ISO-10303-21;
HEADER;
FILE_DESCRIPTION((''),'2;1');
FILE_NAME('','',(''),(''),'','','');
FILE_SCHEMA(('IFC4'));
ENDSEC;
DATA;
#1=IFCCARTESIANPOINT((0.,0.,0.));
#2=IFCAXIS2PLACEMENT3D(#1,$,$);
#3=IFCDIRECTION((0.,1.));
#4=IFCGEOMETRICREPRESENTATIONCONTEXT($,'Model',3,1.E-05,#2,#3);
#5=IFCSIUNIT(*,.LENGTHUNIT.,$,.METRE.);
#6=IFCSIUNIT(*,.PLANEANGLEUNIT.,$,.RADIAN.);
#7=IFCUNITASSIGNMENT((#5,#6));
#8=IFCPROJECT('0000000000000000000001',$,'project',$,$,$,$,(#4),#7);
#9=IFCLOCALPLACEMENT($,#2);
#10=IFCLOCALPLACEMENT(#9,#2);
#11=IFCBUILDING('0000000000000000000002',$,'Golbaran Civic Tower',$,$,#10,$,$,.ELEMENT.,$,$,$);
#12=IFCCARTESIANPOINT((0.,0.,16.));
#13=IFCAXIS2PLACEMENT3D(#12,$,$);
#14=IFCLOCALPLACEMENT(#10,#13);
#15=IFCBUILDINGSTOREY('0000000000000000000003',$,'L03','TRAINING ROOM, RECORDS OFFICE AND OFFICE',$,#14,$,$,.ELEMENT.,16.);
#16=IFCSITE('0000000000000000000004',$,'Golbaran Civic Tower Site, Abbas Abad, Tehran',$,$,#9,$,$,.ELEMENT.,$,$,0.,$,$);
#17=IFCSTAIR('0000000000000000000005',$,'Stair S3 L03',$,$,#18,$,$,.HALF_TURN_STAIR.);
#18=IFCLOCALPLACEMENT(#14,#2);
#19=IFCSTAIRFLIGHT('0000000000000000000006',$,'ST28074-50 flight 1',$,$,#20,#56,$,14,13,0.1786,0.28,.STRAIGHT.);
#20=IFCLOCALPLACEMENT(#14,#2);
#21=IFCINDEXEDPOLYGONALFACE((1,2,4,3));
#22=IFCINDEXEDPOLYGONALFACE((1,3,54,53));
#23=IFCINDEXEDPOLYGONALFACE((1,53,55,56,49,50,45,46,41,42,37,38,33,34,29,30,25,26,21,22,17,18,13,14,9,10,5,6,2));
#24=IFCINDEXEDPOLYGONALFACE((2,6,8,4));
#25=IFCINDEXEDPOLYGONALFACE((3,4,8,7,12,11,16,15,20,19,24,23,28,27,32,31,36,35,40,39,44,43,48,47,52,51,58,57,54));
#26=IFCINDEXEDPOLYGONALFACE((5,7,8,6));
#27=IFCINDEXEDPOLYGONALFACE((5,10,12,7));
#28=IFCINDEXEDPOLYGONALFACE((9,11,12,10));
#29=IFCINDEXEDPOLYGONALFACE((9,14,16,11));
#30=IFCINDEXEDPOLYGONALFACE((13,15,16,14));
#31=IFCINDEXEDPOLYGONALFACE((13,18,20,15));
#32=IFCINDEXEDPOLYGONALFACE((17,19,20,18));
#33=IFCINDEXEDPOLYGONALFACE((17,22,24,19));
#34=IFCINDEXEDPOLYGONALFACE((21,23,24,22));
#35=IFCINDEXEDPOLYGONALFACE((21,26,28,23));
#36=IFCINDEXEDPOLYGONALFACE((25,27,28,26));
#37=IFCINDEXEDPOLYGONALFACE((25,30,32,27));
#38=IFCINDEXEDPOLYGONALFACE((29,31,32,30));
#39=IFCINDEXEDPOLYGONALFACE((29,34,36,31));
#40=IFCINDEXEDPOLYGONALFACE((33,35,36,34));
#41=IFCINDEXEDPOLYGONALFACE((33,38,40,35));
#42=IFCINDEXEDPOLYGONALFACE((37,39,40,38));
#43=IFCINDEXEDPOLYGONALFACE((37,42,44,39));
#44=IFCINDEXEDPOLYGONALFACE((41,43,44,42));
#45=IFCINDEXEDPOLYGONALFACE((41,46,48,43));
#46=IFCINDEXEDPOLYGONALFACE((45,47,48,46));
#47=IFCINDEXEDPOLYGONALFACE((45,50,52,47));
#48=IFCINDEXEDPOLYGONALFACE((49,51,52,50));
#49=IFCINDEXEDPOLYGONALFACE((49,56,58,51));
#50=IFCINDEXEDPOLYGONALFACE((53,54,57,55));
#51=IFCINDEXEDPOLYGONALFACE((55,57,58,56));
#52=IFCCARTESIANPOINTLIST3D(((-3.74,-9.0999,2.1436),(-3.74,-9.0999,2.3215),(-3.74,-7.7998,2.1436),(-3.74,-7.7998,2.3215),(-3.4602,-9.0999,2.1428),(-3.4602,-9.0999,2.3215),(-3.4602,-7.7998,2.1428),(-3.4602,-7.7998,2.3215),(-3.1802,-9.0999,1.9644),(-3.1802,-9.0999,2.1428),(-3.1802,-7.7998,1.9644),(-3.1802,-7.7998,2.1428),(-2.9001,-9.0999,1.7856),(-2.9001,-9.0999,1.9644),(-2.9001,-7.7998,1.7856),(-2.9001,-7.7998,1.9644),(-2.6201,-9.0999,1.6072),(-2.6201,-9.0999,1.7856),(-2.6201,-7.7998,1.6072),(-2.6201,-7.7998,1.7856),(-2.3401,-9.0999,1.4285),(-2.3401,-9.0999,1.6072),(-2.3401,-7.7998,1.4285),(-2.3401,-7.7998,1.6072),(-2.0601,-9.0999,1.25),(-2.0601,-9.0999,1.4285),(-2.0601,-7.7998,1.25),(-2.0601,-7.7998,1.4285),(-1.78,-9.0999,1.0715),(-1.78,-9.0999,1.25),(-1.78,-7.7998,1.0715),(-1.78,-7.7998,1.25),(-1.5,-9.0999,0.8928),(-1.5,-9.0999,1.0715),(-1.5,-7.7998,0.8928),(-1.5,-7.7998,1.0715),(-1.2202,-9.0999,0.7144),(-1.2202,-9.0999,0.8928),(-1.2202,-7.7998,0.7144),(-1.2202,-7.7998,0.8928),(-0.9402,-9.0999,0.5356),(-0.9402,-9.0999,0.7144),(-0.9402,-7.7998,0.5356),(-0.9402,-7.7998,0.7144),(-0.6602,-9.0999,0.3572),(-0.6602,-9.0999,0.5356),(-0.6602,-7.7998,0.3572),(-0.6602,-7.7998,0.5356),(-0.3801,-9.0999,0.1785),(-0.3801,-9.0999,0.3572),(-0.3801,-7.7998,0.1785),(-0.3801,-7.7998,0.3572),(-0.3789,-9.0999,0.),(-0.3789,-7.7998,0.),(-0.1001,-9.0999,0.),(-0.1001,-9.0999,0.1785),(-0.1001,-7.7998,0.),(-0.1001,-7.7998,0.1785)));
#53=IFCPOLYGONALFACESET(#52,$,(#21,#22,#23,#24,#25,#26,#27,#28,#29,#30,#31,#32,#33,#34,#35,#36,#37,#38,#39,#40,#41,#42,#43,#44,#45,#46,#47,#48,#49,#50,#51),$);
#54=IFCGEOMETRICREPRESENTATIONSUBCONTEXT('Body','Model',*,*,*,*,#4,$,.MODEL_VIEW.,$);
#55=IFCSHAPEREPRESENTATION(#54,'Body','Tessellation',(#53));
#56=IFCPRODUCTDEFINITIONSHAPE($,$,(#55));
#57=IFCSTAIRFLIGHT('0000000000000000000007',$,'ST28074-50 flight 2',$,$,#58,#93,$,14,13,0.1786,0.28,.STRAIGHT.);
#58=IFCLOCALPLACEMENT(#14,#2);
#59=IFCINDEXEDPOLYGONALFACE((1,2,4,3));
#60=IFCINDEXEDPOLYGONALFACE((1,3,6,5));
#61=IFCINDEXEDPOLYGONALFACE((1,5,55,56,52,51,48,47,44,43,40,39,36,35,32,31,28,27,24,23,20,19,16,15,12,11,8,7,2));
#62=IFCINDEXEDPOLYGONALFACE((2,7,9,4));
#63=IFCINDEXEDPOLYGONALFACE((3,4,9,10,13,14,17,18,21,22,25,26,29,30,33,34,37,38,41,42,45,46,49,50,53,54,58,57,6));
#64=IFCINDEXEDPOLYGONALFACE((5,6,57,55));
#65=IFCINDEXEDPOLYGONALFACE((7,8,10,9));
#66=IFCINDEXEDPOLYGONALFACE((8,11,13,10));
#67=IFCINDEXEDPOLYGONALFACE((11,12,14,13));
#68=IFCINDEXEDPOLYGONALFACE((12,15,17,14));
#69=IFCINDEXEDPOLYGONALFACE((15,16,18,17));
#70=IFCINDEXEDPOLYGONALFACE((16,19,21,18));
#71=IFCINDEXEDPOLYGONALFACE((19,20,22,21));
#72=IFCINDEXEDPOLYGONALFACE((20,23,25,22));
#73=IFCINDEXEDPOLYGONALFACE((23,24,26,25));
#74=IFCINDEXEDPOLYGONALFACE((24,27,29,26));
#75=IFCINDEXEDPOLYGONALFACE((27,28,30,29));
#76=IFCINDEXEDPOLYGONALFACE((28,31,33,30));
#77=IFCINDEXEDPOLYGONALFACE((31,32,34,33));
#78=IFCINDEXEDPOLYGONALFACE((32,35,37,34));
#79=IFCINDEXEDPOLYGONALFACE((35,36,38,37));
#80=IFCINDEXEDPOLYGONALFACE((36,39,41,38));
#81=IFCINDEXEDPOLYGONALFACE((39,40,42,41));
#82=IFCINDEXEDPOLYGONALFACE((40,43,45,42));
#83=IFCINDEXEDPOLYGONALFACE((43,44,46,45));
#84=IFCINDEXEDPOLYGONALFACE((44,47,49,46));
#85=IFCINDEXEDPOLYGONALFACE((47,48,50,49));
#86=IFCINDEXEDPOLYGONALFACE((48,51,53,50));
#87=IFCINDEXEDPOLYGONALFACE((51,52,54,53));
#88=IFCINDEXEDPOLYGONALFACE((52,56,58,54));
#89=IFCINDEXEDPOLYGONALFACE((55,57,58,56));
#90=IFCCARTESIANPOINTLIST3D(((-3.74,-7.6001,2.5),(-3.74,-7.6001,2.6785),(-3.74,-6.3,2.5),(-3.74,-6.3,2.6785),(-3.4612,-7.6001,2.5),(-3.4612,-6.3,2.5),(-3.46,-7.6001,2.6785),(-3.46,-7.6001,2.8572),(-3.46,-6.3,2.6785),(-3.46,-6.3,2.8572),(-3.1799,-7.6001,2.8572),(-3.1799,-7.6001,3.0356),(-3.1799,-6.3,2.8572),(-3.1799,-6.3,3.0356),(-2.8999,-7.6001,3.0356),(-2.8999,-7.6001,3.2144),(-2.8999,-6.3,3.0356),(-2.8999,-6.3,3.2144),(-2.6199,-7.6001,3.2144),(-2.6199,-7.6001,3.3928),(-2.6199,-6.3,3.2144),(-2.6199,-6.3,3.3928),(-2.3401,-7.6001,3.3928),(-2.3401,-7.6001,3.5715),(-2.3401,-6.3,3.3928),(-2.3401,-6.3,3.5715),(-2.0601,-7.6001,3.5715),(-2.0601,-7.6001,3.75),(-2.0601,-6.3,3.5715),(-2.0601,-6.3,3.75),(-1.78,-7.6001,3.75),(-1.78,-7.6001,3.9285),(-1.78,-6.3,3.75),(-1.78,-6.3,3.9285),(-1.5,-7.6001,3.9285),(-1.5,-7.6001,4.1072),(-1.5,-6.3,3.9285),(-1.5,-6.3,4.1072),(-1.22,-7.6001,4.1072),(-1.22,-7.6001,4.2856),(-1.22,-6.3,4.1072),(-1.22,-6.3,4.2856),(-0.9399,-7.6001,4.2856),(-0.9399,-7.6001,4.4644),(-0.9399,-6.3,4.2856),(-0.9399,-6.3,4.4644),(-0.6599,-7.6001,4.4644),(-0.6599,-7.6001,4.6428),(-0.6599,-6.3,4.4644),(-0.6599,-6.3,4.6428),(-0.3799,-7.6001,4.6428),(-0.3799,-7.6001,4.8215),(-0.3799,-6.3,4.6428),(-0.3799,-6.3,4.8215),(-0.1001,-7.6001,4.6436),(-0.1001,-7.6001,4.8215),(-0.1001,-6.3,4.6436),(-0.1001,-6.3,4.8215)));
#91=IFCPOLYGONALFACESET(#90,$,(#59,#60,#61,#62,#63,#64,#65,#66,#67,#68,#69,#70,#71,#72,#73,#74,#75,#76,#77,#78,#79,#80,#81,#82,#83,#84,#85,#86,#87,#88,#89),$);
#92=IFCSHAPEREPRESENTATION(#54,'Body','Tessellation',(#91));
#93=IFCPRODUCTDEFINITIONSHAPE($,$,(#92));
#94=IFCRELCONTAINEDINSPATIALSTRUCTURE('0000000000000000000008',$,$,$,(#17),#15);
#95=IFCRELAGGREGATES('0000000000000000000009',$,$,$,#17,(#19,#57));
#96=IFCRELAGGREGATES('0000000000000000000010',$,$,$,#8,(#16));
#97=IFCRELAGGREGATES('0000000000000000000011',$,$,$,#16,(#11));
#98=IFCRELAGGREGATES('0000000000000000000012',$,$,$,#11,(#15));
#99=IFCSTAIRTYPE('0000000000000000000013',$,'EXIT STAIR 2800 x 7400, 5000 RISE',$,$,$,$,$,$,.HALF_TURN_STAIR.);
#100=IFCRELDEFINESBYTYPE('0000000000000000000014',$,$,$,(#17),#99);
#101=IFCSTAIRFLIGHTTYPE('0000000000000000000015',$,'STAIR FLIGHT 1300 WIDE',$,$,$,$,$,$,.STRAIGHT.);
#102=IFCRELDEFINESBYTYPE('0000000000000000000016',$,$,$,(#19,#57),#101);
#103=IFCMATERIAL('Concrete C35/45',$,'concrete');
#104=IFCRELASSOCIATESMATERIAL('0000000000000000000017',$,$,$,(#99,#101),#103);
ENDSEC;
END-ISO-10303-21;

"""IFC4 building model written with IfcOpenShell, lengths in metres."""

from ifc_helpers import new_model, si_unit, direction, frame, origin, place, context, subcontext, project, spatial, polyline, outline, extrude, material, type_object, element, aggregate, save


model = new_model("IFC4")

# Units and contexts
model_context = context("Model", 3, precision=1e-05, world=origin(), true_north=direction((0.0, 1.0)))
body_context = subcontext(model_context, "Body", "Model", "MODEL_VIEW")
ifc_project = project(units=[si_unit("LENGTHUNIT", "METRE"), si_unit("PLANEANGLEUNIT", "RADIAN")], contexts=[model_context])

# Site, building, storey
site_placement = place(None, origin())
site = spatial("IfcSite", under=ifc_project, at=site_placement, Name="Golbaran Civic Tower Site, Abbas Abad, Tehran", CompositionType="ELEMENT", RefElevation=0.0)
building_placement = place(site_placement, origin())
building = spatial("IfcBuilding", under=site, at=building_placement, Name="Golbaran Civic Tower", CompositionType="ELEMENT")
storey_placement = place(building_placement, frame((0.0, 0.0, 16.0)))
storey = spatial("IfcBuildingStorey", under=building, at=storey_placement, Name="L03", Description="TRAINING ROOM, RECORDS OFFICE AND OFFICE", CompositionType="ELEMENT", Elevation=16.0)

# Stair, stair flights
ifc_material_1 = material(Name="Concrete C35/45", Category="concrete")
stair_type = type_object("IfcStairType", Name="EXIT STAIR 2800 x 7400, 5000 RISE", PredefinedType="HALF_TURN_STAIR", material=ifc_material_1)
stair_placement = place(storey_placement, origin())
stair = element("IfcStair", 1, at=stair_placement, inside=storey, type_object=stair_type, Name="Stair S3 L03", PredefinedType="HALF_TURN_STAIR")
stair_flight_type = type_object("IfcStairFlightType", Name="STAIR FLIGHT 1300 WIDE", PredefinedType="STRAIGHT", material=ifc_material_1)
stair_flight_1_placement = place(storey_placement, frame((-0.1001, -8.45, 0.0), z_axis=(0.0, 0.0, 1.0), x_axis=(-1.0, 0.0, 0.0)))
stair_flight_1 = element("IfcStairFlight", 2, at=stair_flight_1_placement, type_object=stair_flight_type, Name="ST28074-50 flight 1", NumberOfRisers=14, NumberOfTreads=13, PredefinedType="STRAIGHT", RiserHeight=0.1786, TreadLength=0.28, context=body_context, shape_type="SweptSolid", body=[
    extrude(outline(polyline([(0.0, 0.0), (0.0, 0.1785), (0.28, 0.1785), (0.28, 0.3572), (0.5601, 0.3572), (0.5601, 0.5356), (0.8401, 0.5356), (0.8401, 0.7144), (1.1201, 0.7144), (1.1201, 0.8928), (1.3999, 0.8928), (1.3999, 1.0715), (1.6799, 1.0715), (1.6799, 1.25), (1.96, 1.25), (1.96, 1.4285), (2.24, 1.4285), (2.24, 1.6072), (2.52, 1.6072), (2.52, 1.7856), (2.8, 1.7856), (2.8, 1.9644), (3.0801, 1.9644), (3.0801, 2.1428), (3.3601, 2.1428), (3.3601, 2.3215), (3.6399, 2.3215), (3.6399, 2.5), (3.6399, 2.1436), (0.2788, 0.0), (0.0, 0.0)])), frame((0.0, 0.6499, 0.0), z_axis=(0.0, -1.0, 0.0), x_axis=(1.0, 0.0, 0.0)), (0.0, 0.0, 1.0), 1.3),
])
stair_flight_2_placement = place(storey_placement, frame((-3.74, -6.95, 2.5), z_axis=(0.0, 0.0, 1.0), x_axis=(1.0, 0.0, 0.0)))
stair_flight_2 = element("IfcStairFlight", 3, at=stair_flight_2_placement, type_object=stair_flight_type, Name="ST28074-50 flight 2", NumberOfRisers=14, NumberOfTreads=13, PredefinedType="STRAIGHT", RiserHeight=0.1786, TreadLength=0.28, context=body_context, shape_type="SweptSolid", body=[
    extrude(outline(polyline([(0.0, 0.0), (0.0, 0.1785), (0.28, 0.1785), (0.28, 0.3572), (0.5601, 0.3572), (0.5601, 0.5356), (0.8401, 0.5356), (0.8401, 0.7144), (1.1201, 0.7144), (1.1201, 0.8928), (1.3999, 0.8928), (1.3999, 1.0715), (1.6799, 1.0715), (1.6799, 1.25), (1.96, 1.25), (1.96, 1.4285), (2.24, 1.4285), (2.24, 1.6072), (2.52, 1.6072), (2.52, 1.7856), (2.8, 1.7856), (2.8, 1.9644), (3.0801, 1.9644), (3.0801, 2.1428), (3.3601, 2.1428), (3.3601, 2.3215), (3.6399, 2.3215), (3.6399, 2.5), (3.6399, 2.1436), (0.2788, 0.0), (0.0, 0.0)])), frame((0.0, 0.6499, 0.0), z_axis=(0.0, -1.0, 0.0), x_axis=(1.0, 0.0, 0.0)), (0.0, 0.0, 1.0), 1.3),
])
aggregate(stair, [stair_flight_1, stair_flight_2])

save(model, "model.ifc")
